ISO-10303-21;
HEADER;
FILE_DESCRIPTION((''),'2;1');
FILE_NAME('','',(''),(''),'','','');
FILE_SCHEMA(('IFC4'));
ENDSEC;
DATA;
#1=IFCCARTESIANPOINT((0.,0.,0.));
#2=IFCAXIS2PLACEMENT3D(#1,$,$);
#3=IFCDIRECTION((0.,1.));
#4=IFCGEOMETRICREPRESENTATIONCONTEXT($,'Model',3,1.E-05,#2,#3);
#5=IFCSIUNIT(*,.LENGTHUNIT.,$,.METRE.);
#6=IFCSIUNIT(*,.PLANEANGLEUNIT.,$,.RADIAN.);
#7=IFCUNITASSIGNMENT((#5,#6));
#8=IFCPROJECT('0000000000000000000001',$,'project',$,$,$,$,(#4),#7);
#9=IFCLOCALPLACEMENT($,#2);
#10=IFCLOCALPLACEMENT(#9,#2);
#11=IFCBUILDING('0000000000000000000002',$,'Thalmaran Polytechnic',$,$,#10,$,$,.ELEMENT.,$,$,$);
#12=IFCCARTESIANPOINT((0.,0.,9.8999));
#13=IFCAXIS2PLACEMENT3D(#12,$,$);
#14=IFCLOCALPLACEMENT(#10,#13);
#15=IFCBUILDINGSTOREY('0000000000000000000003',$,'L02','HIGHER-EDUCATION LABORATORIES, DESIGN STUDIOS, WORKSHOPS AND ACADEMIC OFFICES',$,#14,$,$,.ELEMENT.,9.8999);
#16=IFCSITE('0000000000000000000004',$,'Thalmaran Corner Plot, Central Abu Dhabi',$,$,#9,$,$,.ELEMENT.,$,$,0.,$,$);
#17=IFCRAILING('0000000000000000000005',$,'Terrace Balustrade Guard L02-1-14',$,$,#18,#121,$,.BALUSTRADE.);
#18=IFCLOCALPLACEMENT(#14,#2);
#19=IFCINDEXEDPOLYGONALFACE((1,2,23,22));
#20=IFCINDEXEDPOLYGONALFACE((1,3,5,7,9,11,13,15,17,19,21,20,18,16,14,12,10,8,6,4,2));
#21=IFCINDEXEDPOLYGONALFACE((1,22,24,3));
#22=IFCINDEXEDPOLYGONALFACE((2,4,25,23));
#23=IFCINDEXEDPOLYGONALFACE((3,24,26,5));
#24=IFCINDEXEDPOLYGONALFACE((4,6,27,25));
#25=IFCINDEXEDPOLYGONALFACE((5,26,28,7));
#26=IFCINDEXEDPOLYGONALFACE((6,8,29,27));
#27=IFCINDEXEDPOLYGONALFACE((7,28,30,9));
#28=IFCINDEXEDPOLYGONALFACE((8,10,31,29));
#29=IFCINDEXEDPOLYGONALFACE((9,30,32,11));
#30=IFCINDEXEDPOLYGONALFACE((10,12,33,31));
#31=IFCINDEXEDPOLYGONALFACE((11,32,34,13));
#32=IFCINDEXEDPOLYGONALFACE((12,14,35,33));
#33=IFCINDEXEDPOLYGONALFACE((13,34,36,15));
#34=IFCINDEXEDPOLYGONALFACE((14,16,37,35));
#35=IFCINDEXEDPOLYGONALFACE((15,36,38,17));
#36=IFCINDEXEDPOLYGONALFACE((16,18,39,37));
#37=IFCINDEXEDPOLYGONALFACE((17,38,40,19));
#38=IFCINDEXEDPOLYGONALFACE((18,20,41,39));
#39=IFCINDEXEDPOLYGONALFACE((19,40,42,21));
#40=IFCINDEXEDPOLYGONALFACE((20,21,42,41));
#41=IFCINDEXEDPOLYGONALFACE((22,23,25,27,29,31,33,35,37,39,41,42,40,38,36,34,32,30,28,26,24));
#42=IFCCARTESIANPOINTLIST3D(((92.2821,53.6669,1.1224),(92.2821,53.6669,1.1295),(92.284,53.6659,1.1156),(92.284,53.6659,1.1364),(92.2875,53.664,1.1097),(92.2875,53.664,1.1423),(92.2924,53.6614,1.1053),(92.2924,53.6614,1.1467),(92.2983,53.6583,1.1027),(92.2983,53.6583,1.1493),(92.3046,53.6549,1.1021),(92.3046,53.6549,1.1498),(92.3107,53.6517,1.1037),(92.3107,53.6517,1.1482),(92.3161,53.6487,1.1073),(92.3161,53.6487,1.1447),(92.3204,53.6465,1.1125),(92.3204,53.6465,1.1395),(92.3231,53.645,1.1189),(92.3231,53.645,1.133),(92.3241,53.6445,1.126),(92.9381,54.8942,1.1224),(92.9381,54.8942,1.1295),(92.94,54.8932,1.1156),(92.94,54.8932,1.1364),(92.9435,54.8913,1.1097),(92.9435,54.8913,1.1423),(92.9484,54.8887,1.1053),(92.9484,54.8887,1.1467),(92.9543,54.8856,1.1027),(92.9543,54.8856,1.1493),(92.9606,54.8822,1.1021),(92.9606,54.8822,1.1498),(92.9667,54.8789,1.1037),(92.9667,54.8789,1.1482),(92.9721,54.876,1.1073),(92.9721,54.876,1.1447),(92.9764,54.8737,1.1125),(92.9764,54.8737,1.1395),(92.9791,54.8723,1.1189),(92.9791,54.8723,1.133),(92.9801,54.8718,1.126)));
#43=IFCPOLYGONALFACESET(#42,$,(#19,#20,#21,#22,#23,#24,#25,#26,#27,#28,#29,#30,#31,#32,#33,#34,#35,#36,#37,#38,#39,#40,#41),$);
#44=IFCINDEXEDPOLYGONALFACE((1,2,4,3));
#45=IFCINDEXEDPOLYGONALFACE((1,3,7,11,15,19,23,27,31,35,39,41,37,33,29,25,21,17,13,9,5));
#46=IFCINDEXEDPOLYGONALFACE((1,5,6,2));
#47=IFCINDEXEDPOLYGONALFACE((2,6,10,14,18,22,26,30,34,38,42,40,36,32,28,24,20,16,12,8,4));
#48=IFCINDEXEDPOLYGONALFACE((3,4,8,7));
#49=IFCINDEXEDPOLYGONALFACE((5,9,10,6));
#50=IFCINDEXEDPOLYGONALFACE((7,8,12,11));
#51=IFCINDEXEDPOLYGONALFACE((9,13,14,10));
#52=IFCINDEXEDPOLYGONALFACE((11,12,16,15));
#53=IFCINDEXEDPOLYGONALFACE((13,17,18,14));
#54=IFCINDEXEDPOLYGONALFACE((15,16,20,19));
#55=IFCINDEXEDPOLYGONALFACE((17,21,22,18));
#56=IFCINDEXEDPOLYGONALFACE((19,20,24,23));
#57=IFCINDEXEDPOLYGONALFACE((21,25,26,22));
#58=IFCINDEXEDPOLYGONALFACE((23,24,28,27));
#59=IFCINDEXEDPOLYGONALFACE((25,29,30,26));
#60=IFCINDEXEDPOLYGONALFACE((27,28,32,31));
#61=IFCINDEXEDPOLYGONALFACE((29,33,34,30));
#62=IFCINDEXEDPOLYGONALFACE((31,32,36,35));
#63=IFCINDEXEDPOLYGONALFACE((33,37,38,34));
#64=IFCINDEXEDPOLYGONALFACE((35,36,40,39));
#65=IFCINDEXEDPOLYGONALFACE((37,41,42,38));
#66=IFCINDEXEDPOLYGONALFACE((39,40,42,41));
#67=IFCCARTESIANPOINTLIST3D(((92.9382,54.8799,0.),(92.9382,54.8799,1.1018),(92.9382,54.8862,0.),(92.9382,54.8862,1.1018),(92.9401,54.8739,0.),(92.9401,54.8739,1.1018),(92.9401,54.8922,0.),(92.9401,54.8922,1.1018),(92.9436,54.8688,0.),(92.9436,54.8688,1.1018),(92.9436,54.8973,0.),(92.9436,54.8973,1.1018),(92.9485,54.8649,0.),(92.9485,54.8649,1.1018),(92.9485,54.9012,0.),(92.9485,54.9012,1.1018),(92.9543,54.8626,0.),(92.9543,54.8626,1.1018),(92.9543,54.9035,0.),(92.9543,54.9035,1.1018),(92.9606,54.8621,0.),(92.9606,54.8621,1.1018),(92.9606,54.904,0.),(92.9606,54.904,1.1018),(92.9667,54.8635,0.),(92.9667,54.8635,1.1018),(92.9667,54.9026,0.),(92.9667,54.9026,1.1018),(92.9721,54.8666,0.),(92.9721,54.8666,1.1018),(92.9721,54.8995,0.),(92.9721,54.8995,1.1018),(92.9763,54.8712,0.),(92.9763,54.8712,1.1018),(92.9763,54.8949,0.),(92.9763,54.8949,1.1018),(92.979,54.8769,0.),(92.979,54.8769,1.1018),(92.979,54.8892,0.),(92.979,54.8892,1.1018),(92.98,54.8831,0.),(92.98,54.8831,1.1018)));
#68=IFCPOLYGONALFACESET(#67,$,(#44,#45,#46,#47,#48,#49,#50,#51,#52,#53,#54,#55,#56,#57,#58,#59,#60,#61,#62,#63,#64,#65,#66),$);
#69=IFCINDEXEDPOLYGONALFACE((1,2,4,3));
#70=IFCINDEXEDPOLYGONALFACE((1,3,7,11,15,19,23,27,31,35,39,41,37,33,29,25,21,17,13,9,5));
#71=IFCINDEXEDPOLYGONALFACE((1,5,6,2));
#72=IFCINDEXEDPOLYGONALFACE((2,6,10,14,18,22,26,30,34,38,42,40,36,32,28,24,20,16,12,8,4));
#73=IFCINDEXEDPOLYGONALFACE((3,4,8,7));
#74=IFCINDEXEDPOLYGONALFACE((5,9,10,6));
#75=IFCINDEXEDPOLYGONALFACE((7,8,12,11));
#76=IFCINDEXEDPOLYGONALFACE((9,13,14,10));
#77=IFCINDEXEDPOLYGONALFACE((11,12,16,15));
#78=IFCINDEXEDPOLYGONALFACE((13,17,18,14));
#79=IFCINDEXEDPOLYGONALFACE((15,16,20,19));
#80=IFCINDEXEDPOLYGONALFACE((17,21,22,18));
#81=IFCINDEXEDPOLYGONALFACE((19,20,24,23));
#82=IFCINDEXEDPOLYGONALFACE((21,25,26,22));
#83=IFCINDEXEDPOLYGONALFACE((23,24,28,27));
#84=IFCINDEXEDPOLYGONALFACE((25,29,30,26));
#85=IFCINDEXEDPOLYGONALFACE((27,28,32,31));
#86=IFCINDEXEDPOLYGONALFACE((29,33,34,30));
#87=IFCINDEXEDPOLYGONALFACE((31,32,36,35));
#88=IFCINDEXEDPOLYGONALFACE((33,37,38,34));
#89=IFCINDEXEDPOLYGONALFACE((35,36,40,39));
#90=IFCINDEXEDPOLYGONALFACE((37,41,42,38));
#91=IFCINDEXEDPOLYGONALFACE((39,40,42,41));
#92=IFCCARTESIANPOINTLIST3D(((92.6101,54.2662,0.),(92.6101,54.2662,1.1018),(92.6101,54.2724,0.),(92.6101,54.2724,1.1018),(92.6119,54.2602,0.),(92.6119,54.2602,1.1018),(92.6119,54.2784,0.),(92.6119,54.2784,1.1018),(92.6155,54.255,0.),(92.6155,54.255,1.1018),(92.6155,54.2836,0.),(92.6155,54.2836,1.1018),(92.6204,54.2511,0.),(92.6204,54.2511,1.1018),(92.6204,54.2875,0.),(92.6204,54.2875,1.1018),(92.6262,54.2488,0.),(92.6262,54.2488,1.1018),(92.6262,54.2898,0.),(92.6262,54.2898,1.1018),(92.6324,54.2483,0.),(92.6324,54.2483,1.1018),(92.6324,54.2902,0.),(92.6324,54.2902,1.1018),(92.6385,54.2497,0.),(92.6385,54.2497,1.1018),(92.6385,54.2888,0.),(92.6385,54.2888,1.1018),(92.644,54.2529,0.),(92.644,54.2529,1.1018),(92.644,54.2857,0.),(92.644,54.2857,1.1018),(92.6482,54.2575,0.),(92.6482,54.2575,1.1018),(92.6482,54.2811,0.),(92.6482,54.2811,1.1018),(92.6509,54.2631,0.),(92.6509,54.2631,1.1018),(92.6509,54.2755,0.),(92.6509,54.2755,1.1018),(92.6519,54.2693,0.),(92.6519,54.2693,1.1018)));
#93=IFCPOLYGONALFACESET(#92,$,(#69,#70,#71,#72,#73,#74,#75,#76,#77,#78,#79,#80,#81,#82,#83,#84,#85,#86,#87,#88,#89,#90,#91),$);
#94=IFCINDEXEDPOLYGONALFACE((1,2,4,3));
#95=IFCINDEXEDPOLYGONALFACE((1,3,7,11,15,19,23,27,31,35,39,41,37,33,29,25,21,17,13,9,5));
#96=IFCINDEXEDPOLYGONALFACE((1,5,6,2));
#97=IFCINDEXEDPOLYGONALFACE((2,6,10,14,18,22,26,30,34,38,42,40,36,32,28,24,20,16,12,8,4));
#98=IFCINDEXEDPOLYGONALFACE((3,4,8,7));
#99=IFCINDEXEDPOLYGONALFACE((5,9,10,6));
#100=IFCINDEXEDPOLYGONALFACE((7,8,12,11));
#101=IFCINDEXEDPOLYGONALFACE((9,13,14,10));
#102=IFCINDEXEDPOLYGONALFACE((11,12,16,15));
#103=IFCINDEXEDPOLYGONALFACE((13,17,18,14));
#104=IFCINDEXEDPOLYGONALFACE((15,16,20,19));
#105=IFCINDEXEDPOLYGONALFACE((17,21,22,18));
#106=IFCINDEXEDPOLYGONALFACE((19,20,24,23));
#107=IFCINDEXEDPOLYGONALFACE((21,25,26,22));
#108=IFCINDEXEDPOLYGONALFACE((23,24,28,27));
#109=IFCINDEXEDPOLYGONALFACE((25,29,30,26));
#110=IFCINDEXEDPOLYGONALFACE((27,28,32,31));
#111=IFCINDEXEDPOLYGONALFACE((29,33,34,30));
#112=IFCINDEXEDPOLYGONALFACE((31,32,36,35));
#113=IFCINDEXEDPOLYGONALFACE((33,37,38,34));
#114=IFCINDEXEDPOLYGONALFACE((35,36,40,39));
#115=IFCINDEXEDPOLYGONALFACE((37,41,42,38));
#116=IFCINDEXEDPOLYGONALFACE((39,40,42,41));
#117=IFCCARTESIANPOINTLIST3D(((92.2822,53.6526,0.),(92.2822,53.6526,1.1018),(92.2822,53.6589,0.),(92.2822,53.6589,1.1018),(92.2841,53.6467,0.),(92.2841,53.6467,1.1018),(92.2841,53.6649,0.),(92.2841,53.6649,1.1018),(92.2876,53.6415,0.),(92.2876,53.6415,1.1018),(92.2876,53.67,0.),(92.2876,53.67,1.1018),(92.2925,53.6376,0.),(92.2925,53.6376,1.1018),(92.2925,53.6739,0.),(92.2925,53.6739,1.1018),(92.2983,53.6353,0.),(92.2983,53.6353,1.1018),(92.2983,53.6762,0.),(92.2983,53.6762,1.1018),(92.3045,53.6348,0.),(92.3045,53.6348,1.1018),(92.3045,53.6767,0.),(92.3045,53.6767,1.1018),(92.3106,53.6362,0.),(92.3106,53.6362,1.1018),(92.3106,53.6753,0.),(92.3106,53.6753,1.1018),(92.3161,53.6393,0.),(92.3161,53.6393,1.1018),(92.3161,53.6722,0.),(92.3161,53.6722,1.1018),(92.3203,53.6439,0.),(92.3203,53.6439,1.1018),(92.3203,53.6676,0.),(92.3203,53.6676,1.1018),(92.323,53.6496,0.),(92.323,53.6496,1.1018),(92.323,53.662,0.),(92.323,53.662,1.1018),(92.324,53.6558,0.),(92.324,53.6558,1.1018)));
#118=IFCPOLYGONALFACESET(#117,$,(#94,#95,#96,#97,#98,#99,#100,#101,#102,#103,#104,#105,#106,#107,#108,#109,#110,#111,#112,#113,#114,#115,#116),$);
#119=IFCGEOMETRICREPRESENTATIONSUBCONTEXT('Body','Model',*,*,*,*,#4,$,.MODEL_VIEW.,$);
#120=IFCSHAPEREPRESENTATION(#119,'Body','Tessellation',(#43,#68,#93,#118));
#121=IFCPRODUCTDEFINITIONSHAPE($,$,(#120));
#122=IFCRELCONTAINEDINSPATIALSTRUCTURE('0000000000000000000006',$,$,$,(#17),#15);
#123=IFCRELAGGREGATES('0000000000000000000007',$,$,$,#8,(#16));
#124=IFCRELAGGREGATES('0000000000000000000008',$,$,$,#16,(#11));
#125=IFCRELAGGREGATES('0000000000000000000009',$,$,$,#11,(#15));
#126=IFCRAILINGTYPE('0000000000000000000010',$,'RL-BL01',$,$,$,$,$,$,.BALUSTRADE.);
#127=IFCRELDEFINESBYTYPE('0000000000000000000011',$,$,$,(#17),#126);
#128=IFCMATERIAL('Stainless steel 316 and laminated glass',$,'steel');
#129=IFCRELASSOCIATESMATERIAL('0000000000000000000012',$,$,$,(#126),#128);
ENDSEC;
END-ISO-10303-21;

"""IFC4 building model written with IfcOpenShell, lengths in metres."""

from ifc_helpers import new_model, si_unit, direction, frame, origin, origin_2d, place, context, subcontext, project, spatial, circle, extrude, material, type_object, element, save


model = new_model("IFC4")

# Units and contexts
model_context = context("Model", 3, precision=1e-05, world=origin(), true_north=direction((0.0, 1.0)))
body_context = subcontext(model_context, "Body", "Model", "MODEL_VIEW")
ifc_project = project(units=[si_unit("LENGTHUNIT", "METRE"), si_unit("PLANEANGLEUNIT", "RADIAN")], contexts=[model_context])

# Site, building, storey
site_placement = place(None, origin())
site = spatial("IfcSite", under=ifc_project, at=site_placement, Name="Thalmaran Corner Plot, Central Abu Dhabi", CompositionType="ELEMENT", RefElevation=0.0)
building_placement = place(site_placement, origin())
building = spatial("IfcBuilding", under=site, at=building_placement, Name="Thalmaran Polytechnic", CompositionType="ELEMENT")
storey_placement = place(building_placement, frame((0.0, 0.0, 9.8999)))
storey = spatial("IfcBuildingStorey", under=building, at=storey_placement, Name="L02", Description="HIGHER-EDUCATION LABORATORIES, DESIGN STUDIOS, WORKSHOPS AND ACADEMIC OFFICES", CompositionType="ELEMENT", Elevation=9.8999)

# Railing
ifc_material = material(Name="Stainless steel 316 and laminated glass", Category="steel")
railing_type = type_object("IfcRailingType", Name="RL-BL01", PredefinedType="BALUSTRADE", material=ifc_material)
railing_1_placement = place(storey_placement, frame((92.959, 54.8831, 0.0)))
element("IfcRailing", 1, at=railing_1_placement, inside=storey, type_object=railing_type, Name="Terrace Balustrade Guard L02-1-14", PredefinedType="BALUSTRADE", context=body_context, shape_type="SweptSolid", body=[
    extrude(circle(Radius=0.0239, at=origin_2d()), frame((0.0, 0.0, 1.126), z_axis=(-0.471398, -0.88192, 0.0), x_axis=(0.88192, -0.471398, 0.0)), (0.0, 0.0, 1.0), 1.3916),
    extrude(circle(Radius=0.021, at=origin_2d()), origin(), (0.0, 0.0, 1.0), 1.1018),
    extrude(circle(Radius=0.021, at=origin_2d()), frame((-0.3281, -0.6138, 0.0)), (0.0, 0.0, 1.0), 1.1018),
    extrude(circle(Radius=0.021, at=origin_2d()), frame((-0.656, -1.2273, 0.0)), (0.0, 0.0, 1.0), 1.1018),
])

save(model, "model.ifc")
